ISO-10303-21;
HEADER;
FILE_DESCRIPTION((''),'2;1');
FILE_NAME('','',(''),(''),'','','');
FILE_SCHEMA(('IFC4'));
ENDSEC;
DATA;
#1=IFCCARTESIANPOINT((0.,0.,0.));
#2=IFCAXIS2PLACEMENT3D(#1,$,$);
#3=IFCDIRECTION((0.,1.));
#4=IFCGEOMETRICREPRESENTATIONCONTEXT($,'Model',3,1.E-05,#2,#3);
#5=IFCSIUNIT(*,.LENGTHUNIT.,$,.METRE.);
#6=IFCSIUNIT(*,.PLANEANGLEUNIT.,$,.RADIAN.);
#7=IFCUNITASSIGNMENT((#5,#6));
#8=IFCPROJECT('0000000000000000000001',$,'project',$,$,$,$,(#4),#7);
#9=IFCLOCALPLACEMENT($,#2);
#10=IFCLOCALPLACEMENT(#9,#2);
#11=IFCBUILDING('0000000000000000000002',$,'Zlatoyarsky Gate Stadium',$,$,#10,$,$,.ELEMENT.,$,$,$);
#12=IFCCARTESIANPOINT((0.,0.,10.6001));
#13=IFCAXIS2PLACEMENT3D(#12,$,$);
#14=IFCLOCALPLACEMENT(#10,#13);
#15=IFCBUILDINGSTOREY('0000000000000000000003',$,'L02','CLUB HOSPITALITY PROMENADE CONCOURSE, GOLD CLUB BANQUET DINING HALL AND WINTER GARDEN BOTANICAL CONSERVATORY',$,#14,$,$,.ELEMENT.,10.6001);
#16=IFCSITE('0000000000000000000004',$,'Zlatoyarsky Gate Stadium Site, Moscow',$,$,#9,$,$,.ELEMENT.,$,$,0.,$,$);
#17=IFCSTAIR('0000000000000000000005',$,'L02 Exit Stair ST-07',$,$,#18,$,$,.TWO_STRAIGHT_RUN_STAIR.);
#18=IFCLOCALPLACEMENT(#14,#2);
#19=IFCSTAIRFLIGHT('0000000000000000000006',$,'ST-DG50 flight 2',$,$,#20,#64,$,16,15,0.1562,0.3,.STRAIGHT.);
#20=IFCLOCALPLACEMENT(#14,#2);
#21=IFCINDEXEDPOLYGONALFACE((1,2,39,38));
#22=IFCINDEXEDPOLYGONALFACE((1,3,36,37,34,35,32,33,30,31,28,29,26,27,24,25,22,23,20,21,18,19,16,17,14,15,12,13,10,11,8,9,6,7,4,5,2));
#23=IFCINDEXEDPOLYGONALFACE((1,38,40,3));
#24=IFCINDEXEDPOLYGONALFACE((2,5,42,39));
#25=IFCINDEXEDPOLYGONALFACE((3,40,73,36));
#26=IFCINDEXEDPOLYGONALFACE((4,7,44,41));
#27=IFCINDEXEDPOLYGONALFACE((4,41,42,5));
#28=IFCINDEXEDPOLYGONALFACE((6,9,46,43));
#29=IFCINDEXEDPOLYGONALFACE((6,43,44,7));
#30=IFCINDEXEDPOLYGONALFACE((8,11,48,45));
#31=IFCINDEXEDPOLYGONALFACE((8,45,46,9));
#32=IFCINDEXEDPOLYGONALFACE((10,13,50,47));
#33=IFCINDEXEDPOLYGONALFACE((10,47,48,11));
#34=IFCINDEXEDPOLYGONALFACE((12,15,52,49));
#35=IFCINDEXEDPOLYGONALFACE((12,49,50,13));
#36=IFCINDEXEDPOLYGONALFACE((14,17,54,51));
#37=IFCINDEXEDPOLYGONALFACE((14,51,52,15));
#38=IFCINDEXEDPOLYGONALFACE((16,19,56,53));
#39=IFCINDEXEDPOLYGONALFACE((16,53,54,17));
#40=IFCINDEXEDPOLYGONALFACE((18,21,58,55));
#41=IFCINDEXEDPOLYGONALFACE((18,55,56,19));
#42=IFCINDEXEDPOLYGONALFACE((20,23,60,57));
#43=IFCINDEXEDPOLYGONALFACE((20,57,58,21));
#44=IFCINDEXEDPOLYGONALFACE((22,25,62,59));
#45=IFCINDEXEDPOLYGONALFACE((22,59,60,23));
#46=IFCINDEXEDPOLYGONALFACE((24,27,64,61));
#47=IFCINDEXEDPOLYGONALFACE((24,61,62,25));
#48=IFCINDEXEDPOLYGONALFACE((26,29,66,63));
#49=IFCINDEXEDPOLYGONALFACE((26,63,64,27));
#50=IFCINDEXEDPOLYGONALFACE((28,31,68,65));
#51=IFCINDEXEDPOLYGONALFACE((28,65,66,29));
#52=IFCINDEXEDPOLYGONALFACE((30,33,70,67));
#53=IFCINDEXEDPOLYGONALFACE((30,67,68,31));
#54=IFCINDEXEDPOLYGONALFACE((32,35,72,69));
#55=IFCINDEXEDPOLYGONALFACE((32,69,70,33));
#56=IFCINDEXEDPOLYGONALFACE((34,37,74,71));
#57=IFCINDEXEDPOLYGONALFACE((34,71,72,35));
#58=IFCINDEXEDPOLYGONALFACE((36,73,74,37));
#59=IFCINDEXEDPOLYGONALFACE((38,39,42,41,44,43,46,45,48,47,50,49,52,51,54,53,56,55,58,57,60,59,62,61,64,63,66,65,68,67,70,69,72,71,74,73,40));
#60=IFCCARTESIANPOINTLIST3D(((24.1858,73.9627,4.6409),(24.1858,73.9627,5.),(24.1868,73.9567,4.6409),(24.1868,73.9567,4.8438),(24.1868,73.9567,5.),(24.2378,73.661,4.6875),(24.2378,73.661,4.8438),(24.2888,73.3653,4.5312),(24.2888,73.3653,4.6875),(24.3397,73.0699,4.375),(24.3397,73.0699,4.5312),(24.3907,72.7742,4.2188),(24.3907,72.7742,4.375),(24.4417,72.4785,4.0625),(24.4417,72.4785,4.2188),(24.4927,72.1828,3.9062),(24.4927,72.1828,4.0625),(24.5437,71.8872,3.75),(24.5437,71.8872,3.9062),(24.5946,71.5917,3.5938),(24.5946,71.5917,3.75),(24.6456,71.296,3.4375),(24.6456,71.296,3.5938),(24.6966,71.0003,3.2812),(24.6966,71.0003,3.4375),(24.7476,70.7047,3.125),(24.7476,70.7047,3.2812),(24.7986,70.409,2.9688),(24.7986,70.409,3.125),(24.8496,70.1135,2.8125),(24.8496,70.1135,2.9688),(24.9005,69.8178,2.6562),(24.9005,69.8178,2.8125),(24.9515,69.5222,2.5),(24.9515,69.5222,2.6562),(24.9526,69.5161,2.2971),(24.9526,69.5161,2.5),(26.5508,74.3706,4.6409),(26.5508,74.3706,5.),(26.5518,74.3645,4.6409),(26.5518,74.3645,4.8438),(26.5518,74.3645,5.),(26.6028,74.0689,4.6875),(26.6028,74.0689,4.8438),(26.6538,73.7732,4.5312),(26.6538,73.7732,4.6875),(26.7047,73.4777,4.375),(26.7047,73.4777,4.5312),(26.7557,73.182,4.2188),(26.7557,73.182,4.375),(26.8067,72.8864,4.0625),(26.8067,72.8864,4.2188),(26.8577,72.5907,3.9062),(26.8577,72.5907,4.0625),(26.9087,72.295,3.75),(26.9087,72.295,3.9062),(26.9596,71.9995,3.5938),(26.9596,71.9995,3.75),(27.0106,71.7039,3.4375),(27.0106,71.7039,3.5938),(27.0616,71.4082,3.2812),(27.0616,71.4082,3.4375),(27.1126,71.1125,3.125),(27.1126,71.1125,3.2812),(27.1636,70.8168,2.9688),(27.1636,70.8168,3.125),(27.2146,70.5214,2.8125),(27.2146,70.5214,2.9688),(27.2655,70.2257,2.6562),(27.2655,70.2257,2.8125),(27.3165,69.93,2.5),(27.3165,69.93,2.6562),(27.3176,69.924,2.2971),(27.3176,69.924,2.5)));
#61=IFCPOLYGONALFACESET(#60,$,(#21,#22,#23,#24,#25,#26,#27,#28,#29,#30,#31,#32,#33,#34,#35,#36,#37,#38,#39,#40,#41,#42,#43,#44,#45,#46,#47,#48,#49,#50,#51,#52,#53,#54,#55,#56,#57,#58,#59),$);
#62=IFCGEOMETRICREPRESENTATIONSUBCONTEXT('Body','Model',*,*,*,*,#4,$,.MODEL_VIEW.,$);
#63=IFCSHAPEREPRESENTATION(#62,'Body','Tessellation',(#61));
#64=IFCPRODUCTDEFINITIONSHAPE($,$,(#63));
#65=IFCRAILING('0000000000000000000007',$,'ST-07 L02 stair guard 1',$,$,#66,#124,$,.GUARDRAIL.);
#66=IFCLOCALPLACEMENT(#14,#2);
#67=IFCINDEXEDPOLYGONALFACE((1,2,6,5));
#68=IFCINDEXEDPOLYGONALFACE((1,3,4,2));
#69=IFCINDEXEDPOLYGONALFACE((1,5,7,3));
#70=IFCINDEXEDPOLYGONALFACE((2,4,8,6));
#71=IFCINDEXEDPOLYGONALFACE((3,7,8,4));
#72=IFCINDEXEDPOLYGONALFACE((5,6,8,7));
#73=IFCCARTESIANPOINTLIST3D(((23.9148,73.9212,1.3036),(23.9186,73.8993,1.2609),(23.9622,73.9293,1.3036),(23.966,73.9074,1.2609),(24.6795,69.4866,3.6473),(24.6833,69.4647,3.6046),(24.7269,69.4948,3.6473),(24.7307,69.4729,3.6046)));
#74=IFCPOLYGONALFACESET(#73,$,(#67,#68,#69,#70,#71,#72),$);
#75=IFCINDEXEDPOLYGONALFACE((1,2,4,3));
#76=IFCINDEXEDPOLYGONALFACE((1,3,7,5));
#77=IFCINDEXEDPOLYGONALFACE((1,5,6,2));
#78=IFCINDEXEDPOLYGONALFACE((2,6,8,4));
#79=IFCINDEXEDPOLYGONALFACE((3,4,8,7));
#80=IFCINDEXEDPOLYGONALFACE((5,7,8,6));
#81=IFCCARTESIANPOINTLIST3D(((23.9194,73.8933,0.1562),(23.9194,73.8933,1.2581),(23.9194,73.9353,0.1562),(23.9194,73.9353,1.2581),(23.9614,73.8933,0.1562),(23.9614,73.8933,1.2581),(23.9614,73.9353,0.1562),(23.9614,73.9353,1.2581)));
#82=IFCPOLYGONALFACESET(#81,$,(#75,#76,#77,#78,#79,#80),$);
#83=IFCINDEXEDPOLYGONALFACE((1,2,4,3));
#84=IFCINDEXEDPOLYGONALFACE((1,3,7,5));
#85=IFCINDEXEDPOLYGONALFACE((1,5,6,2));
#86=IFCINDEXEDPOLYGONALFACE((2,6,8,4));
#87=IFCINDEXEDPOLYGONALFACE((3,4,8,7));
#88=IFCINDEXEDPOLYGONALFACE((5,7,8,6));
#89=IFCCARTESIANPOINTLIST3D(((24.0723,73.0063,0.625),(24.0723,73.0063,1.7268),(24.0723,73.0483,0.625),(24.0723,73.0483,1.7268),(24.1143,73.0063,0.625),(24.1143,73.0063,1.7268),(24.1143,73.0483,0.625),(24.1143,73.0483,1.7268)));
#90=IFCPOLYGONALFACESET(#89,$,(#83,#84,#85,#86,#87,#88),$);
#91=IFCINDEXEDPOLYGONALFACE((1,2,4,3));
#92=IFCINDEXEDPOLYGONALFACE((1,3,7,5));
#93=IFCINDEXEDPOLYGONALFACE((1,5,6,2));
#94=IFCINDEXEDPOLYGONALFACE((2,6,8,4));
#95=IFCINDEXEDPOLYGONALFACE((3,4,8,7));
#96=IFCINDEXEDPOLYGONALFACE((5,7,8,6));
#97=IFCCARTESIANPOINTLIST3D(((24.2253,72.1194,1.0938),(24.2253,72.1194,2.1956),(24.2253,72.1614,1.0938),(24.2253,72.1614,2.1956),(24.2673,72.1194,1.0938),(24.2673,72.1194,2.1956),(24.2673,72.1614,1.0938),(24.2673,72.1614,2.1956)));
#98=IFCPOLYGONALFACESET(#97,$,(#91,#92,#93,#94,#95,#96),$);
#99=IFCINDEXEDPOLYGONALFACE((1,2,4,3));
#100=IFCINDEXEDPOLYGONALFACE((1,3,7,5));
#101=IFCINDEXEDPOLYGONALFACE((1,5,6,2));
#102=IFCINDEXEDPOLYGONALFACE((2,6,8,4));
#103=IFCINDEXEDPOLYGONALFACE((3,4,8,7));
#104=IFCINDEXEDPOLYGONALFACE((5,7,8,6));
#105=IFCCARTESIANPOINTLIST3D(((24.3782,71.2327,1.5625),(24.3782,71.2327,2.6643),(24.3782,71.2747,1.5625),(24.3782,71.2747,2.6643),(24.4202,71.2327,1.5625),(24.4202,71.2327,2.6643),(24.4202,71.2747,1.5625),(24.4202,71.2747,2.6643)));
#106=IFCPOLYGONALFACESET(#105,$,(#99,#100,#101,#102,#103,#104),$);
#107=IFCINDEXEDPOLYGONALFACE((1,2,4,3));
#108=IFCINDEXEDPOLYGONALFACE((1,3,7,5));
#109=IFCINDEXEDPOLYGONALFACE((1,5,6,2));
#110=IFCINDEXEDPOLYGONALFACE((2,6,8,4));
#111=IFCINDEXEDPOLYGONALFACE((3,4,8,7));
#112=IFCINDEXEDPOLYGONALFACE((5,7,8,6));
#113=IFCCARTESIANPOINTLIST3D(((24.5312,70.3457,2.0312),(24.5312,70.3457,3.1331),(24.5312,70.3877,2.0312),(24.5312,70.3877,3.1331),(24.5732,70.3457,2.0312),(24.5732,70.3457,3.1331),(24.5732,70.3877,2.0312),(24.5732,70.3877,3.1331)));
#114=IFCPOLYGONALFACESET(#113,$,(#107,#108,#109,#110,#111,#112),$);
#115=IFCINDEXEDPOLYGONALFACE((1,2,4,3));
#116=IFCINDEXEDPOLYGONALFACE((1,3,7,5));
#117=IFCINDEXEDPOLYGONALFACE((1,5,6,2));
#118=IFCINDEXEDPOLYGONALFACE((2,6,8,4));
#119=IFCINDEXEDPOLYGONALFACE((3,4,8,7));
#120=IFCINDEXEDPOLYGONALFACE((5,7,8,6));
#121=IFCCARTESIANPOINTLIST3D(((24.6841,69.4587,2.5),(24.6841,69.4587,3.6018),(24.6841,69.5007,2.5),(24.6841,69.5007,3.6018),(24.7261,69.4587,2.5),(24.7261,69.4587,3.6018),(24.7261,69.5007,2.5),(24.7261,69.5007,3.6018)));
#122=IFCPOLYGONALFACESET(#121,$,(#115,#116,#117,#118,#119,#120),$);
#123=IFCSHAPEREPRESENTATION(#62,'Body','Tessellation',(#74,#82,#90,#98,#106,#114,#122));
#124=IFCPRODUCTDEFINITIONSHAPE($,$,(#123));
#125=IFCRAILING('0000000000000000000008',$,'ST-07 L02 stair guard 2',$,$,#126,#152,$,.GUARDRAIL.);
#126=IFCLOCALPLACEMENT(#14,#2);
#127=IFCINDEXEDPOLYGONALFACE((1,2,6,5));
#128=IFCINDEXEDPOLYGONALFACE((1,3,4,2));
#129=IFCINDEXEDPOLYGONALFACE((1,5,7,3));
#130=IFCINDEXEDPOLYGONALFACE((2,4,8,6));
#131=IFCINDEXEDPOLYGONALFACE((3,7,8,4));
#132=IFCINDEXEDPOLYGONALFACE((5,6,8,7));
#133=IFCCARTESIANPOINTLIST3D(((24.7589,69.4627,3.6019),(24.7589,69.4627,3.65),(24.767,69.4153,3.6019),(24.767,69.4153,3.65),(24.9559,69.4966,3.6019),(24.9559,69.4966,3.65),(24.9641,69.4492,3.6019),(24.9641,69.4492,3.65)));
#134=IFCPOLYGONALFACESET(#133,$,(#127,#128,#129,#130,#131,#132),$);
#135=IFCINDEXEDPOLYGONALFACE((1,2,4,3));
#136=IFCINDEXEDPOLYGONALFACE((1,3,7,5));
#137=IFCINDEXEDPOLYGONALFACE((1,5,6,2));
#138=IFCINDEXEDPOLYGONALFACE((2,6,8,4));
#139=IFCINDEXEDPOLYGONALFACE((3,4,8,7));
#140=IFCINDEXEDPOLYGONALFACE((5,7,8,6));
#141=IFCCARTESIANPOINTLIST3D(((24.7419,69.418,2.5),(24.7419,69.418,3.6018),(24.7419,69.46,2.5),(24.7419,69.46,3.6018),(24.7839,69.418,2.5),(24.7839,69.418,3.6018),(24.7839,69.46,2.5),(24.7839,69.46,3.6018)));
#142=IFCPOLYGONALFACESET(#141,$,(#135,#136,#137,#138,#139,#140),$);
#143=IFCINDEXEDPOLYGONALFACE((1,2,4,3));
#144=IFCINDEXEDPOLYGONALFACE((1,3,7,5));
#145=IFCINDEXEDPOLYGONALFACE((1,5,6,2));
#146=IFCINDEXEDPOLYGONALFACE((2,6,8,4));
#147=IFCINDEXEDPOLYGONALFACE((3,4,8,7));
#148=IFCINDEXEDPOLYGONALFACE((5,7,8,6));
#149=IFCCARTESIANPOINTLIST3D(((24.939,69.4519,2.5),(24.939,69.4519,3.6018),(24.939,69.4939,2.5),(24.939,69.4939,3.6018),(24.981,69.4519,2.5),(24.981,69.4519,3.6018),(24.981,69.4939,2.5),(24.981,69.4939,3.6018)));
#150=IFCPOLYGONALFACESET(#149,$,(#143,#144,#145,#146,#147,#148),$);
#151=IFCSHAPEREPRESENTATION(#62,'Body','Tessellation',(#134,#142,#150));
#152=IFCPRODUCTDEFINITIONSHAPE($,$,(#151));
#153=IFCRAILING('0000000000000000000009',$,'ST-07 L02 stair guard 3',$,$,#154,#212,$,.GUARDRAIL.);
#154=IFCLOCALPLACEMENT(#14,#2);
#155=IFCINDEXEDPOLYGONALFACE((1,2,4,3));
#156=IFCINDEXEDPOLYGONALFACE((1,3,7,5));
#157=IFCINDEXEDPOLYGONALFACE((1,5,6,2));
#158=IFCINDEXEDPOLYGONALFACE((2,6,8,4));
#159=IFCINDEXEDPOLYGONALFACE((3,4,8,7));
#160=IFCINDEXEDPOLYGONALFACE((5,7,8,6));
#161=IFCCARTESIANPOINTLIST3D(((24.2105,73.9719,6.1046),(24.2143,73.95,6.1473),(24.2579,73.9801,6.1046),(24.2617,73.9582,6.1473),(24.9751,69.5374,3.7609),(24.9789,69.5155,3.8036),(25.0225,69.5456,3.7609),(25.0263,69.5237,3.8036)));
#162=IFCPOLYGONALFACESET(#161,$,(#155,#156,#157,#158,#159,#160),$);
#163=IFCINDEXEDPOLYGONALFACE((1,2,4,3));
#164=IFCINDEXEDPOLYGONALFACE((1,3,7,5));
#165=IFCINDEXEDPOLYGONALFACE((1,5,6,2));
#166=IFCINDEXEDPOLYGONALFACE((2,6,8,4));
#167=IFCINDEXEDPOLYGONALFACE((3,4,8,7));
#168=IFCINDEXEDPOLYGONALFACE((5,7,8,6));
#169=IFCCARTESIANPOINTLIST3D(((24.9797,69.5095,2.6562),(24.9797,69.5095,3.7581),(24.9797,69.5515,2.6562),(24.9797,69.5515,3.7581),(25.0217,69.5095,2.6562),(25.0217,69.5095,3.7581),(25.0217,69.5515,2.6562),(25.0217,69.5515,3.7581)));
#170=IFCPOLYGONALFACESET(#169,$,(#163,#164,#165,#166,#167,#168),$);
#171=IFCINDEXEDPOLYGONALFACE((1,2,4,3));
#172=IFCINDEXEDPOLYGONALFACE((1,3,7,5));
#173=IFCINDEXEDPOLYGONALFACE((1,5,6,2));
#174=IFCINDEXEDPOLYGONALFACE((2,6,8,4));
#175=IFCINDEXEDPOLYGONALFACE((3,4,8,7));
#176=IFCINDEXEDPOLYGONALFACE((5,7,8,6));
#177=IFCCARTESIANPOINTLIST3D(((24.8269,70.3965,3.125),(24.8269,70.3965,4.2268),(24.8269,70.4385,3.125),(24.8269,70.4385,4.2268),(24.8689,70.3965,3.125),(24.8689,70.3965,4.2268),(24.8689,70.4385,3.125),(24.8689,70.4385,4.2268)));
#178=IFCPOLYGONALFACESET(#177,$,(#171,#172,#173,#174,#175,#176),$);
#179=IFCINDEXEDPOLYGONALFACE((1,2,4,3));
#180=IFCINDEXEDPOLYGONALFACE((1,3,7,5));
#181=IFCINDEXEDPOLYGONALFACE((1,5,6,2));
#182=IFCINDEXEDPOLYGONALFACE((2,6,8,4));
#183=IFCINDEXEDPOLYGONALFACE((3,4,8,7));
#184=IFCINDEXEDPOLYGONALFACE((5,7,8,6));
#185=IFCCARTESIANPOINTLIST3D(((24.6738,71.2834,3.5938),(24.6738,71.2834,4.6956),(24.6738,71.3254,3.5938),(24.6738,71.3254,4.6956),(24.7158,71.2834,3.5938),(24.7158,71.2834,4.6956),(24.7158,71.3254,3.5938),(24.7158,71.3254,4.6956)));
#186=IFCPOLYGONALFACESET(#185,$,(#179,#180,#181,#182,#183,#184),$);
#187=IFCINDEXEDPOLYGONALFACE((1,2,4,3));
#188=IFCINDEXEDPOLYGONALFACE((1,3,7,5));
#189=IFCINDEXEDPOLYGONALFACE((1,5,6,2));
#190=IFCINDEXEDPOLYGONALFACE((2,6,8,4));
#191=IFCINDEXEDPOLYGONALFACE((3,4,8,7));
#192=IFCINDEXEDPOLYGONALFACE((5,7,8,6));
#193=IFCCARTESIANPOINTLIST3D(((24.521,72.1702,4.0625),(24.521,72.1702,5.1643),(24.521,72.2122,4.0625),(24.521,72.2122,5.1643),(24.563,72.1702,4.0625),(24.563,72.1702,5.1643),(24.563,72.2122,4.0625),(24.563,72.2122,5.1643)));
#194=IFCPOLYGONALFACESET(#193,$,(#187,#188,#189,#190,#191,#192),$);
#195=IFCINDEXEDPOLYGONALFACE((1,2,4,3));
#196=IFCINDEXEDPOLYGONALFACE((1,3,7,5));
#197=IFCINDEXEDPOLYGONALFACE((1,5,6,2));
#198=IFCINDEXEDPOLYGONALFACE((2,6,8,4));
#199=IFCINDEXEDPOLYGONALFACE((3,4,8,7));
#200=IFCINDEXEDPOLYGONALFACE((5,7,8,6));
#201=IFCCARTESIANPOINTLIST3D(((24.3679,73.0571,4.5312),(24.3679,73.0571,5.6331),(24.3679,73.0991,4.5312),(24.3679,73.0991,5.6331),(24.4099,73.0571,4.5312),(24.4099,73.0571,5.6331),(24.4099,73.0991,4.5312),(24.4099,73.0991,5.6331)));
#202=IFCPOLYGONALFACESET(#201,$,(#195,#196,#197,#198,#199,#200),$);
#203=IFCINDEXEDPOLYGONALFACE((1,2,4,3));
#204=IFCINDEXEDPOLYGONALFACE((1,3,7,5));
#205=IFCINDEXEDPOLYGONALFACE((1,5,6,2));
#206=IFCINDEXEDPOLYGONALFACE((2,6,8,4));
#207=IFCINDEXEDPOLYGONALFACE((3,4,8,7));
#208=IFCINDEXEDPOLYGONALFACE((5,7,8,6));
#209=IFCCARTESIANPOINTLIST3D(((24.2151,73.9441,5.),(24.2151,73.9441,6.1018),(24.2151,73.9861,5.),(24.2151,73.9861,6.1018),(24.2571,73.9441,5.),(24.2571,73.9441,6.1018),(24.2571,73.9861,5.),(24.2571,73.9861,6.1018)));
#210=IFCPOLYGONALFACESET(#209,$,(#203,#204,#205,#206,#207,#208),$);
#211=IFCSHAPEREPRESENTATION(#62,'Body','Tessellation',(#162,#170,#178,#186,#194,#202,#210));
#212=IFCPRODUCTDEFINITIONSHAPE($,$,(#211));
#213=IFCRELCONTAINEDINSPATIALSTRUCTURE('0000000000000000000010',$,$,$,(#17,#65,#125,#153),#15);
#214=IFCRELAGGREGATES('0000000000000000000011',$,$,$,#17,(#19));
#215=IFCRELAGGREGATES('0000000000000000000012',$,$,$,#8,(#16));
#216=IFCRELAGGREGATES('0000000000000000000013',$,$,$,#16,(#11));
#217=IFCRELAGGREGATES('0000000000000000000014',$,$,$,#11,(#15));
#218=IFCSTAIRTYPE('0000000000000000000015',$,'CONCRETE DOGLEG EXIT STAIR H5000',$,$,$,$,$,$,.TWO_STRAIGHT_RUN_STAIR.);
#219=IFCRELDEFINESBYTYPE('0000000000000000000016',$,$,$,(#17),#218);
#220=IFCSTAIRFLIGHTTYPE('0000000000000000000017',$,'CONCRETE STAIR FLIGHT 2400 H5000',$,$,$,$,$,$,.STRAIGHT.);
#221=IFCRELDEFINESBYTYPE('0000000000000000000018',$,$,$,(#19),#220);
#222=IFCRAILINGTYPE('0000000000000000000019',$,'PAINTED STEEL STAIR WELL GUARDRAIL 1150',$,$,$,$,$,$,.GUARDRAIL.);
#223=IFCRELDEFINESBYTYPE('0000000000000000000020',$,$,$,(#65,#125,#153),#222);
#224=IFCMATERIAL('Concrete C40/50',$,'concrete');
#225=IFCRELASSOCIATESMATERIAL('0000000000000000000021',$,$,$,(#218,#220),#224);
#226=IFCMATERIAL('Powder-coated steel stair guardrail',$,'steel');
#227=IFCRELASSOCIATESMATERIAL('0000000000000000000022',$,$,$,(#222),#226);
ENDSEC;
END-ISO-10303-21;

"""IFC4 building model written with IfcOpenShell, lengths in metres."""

from ifc_helpers import new_model, si_unit, direction, frame, origin, origin_2d, place, context, subcontext, project, spatial, polyline, rectangle, outline, extrude, material, type_object, element, aggregate, save


model = new_model("IFC4")

# Units and contexts
model_context = context("Model", 3, precision=1e-05, world=origin(), true_north=direction((0.0, 1.0)))
body_context = subcontext(model_context, "Body", "Model", "MODEL_VIEW")
ifc_project = project(units=[si_unit("LENGTHUNIT", "METRE"), si_unit("PLANEANGLEUNIT", "RADIAN")], contexts=[model_context])

# Site, building, storey
site_placement = place(None, origin())
site = spatial("IfcSite", under=ifc_project, at=site_placement, Name="Zlatoyarsky Gate Stadium Site, Moscow", CompositionType="ELEMENT", RefElevation=0.0)
building_placement = place(site_placement, origin())
building = spatial("IfcBuilding", under=site, at=building_placement, Name="Zlatoyarsky Gate Stadium", CompositionType="ELEMENT")
storey_placement = place(building_placement, frame((0.0, 0.0, 10.6001)))
storey = spatial("IfcBuildingStorey", under=building, at=storey_placement, Name="L02", Description="CLUB HOSPITALITY PROMENADE CONCOURSE, GOLD CLUB BANQUET DINING HALL AND WINTER GARDEN BOTANICAL CONSERVATORY", CompositionType="ELEMENT", Elevation=10.6001)

# Shared definitions
ifc_material_1 = material(Name="Concrete C40/50", Category="concrete")

# Stair, stair flight
stair_type = type_object("IfcStairType", Name="CONCRETE DOGLEG EXIT STAIR H5000", PredefinedType="TWO_STRAIGHT_RUN_STAIR", material=ifc_material_1)
stair_placement = place(storey_placement, origin())
stair = element("IfcStair", 1, at=stair_placement, inside=storey, type_object=stair_type, Name="L02 Exit Stair ST-07", PredefinedType="TWO_STRAIGHT_RUN_STAIR")
stair_flight_type = type_object("IfcStairFlightType", Name="CONCRETE STAIR FLIGHT 2400 H5000", PredefinedType="STRAIGHT", material=ifc_material_1)
stair_flight_1_placement = place(storey_placement, frame((26.134, 69.7261, 2.5), z_axis=(0.0, 0.0, 1.0), x_axis=(-0.169938, 0.985455, 0.0)))
stair_flight_1 = element("IfcStairFlight", 2, at=stair_flight_1_placement, type_object=stair_flight_type, Name="ST-DG50 flight 2", NumberOfRisers=16, NumberOfTreads=15, PredefinedType="STRAIGHT", RiserHeight=0.1562, TreadLength=0.3, context=body_context, shape_type="SweptSolid", body=[
    extrude(outline(polyline([(-0.0061, -0.2029), (-0.0061, 0.0), (0.0, 0.0), (0.0, 0.1562), (0.3, 0.1562), (0.3, 0.3125), (0.6001, 0.3125), (0.6001, 0.4688), (0.8999, 0.4688), (0.8999, 0.625), (1.2, 0.625), (1.2, 0.7812), (1.5, 0.7812), (1.5, 0.9375), (1.8, 0.9375), (1.8, 1.0938), (2.1001, 1.0938), (2.1001, 1.25), (2.3999, 1.25), (2.3999, 1.4062), (2.7, 1.4062), (2.7, 1.5625), (3.0, 1.5625), (3.0, 1.7188), (3.3, 1.7188), (3.3, 1.875), (3.6001, 1.875), (3.6001, 2.0312), (3.8999, 2.0312), (3.8999, 2.1875), (4.2, 2.1875), (4.2, 2.3438), (4.5, 2.3438), (4.5, 2.5), (4.5061, 2.5), (4.5061, 2.1409), (4.5, 2.1409), (-0.0061, -0.2029)])), frame((0.0, 1.2, 0.0), z_axis=(0.0, -1.0, 0.0), x_axis=(1.0, 0.0, 0.0)), (0.0, 0.0, 1.0), 2.3999),
])
aggregate(stair, [stair_flight_1])

# Railings
ifc_material_2 = material(Name="Powder-coated steel stair guardrail", Category="steel")
railing_type_1 = type_object("IfcRailingType", Name="PAINTED STEEL STAIR WELL GUARDRAIL 1150", PredefinedType="GUARDRAIL", material=ifc_material_2)
railing_1_placement = place(storey_placement, frame((23.9404, 73.9143, 0.1562)))
element("IfcRailing", 3, at=railing_1_placement, inside=storey, type_object=railing_type_1, Name="ST-07 L02 stair guard 1", PredefinedType="GUARDRAIL", context=body_context, shape_type="SweptSolid", body=[
    extrude(rectangle(XDim=0.0481, YDim=0.0481, at=origin_2d()), frame((0.0, 0.0, 1.126), z_axis=(0.150706, -0.874017, 0.461934), x_axis=(0.985458, 0.169921, 0.0)), (0.0, 0.0, 1.0), 5.0737),
    extrude(rectangle(XDim=0.042, YDim=0.042, at=origin_2d()), origin(), (0.0, 0.0, 1.0), 1.1018),
    extrude(rectangle(XDim=0.042, YDim=0.042, at=origin_2d()), frame((0.1528, -0.887, 0.4688)), (0.0, 0.0, 1.0), 1.1018),
    extrude(rectangle(XDim=0.042, YDim=0.042, at=origin_2d()), frame((0.3059, -1.7739, 0.9375)), (0.0, 0.0, 1.0), 1.1018),
    extrude(rectangle(XDim=0.042, YDim=0.042, at=origin_2d()), frame((0.4587, -2.6606, 1.4062)), (0.0, 0.0, 1.0), 1.1018),
    extrude(rectangle(XDim=0.042, YDim=0.042, at=origin_2d()), frame((0.6118, -3.5476, 1.875)), (0.0, 0.0, 1.0), 1.1018),
    extrude(rectangle(XDim=0.042, YDim=0.042, at=origin_2d()), frame((0.7646, -4.4346, 2.3438)), (0.0, 0.0, 1.0), 1.1018),
])
railing_2_placement = place(storey_placement, frame((24.7629, 69.439, 2.5)))
element("IfcRailing", 4, at=railing_2_placement, inside=storey, type_object=railing_type_1, Name="ST-07 L02 stair guard 2", PredefinedType="GUARDRAIL", context=body_context, shape_type="SweptSolid", body=[
    extrude(rectangle(XDim=0.0481, YDim=0.0481, at=origin_2d()), frame((0.0, 0.0, 1.126), z_axis=(0.985488, 0.169743, 0.0), x_axis=(-0.169743, 0.985488, 0.0)), (0.0, 0.0, 1.0), 0.2),
    extrude(rectangle(XDim=0.042, YDim=0.042, at=origin_2d()), origin(), (0.0, 0.0, 1.0), 1.1018),
    extrude(rectangle(XDim=0.042, YDim=0.042, at=origin_2d()), frame((0.197, 0.0339, 0.0)), (0.0, 0.0, 1.0), 1.1018),
])
railing_3_placement = place(storey_placement, frame((25.0007, 69.5305, 2.6562)))
element("IfcRailing", 5, at=railing_3_placement, inside=storey, type_object=railing_type_1, Name="ST-07 L02 stair guard 3", PredefinedType="GUARDRAIL", context=body_context, shape_type="SweptSolid", body=[
    extrude(rectangle(XDim=0.0481, YDim=0.0481, at=origin_2d()), frame((0.0, 0.0, 1.126), z_axis=(-0.150706, 0.874017, 0.461934), x_axis=(-0.985458, -0.169921, 0.0)), (0.0, 0.0, 1.0), 5.0737),
    extrude(rectangle(XDim=0.042, YDim=0.042, at=origin_2d()), origin(), (0.0, 0.0, 1.0), 1.1018),
    extrude(rectangle(XDim=0.042, YDim=0.042, at=origin_2d()), frame((-0.1528, 0.887, 0.4688)), (0.0, 0.0, 1.0), 1.1018),
    extrude(rectangle(XDim=0.042, YDim=0.042, at=origin_2d()), frame((-0.3059, 1.7739, 0.9375)), (0.0, 0.0, 1.0), 1.1018),
    extrude(rectangle(XDim=0.042, YDim=0.042, at=origin_2d()), frame((-0.4587, 2.6606, 1.4062)), (0.0, 0.0, 1.0), 1.1018),
    extrude(rectangle(XDim=0.042, YDim=0.042, at=origin_2d()), frame((-0.6118, 3.5476, 1.875)), (0.0, 0.0, 1.0), 1.1018),
    extrude(rectangle(XDim=0.042, YDim=0.042, at=origin_2d()), frame((-0.7646, 4.4346, 2.3438)), (0.0, 0.0, 1.0), 1.1018),
])

save(model, "model.ifc")
